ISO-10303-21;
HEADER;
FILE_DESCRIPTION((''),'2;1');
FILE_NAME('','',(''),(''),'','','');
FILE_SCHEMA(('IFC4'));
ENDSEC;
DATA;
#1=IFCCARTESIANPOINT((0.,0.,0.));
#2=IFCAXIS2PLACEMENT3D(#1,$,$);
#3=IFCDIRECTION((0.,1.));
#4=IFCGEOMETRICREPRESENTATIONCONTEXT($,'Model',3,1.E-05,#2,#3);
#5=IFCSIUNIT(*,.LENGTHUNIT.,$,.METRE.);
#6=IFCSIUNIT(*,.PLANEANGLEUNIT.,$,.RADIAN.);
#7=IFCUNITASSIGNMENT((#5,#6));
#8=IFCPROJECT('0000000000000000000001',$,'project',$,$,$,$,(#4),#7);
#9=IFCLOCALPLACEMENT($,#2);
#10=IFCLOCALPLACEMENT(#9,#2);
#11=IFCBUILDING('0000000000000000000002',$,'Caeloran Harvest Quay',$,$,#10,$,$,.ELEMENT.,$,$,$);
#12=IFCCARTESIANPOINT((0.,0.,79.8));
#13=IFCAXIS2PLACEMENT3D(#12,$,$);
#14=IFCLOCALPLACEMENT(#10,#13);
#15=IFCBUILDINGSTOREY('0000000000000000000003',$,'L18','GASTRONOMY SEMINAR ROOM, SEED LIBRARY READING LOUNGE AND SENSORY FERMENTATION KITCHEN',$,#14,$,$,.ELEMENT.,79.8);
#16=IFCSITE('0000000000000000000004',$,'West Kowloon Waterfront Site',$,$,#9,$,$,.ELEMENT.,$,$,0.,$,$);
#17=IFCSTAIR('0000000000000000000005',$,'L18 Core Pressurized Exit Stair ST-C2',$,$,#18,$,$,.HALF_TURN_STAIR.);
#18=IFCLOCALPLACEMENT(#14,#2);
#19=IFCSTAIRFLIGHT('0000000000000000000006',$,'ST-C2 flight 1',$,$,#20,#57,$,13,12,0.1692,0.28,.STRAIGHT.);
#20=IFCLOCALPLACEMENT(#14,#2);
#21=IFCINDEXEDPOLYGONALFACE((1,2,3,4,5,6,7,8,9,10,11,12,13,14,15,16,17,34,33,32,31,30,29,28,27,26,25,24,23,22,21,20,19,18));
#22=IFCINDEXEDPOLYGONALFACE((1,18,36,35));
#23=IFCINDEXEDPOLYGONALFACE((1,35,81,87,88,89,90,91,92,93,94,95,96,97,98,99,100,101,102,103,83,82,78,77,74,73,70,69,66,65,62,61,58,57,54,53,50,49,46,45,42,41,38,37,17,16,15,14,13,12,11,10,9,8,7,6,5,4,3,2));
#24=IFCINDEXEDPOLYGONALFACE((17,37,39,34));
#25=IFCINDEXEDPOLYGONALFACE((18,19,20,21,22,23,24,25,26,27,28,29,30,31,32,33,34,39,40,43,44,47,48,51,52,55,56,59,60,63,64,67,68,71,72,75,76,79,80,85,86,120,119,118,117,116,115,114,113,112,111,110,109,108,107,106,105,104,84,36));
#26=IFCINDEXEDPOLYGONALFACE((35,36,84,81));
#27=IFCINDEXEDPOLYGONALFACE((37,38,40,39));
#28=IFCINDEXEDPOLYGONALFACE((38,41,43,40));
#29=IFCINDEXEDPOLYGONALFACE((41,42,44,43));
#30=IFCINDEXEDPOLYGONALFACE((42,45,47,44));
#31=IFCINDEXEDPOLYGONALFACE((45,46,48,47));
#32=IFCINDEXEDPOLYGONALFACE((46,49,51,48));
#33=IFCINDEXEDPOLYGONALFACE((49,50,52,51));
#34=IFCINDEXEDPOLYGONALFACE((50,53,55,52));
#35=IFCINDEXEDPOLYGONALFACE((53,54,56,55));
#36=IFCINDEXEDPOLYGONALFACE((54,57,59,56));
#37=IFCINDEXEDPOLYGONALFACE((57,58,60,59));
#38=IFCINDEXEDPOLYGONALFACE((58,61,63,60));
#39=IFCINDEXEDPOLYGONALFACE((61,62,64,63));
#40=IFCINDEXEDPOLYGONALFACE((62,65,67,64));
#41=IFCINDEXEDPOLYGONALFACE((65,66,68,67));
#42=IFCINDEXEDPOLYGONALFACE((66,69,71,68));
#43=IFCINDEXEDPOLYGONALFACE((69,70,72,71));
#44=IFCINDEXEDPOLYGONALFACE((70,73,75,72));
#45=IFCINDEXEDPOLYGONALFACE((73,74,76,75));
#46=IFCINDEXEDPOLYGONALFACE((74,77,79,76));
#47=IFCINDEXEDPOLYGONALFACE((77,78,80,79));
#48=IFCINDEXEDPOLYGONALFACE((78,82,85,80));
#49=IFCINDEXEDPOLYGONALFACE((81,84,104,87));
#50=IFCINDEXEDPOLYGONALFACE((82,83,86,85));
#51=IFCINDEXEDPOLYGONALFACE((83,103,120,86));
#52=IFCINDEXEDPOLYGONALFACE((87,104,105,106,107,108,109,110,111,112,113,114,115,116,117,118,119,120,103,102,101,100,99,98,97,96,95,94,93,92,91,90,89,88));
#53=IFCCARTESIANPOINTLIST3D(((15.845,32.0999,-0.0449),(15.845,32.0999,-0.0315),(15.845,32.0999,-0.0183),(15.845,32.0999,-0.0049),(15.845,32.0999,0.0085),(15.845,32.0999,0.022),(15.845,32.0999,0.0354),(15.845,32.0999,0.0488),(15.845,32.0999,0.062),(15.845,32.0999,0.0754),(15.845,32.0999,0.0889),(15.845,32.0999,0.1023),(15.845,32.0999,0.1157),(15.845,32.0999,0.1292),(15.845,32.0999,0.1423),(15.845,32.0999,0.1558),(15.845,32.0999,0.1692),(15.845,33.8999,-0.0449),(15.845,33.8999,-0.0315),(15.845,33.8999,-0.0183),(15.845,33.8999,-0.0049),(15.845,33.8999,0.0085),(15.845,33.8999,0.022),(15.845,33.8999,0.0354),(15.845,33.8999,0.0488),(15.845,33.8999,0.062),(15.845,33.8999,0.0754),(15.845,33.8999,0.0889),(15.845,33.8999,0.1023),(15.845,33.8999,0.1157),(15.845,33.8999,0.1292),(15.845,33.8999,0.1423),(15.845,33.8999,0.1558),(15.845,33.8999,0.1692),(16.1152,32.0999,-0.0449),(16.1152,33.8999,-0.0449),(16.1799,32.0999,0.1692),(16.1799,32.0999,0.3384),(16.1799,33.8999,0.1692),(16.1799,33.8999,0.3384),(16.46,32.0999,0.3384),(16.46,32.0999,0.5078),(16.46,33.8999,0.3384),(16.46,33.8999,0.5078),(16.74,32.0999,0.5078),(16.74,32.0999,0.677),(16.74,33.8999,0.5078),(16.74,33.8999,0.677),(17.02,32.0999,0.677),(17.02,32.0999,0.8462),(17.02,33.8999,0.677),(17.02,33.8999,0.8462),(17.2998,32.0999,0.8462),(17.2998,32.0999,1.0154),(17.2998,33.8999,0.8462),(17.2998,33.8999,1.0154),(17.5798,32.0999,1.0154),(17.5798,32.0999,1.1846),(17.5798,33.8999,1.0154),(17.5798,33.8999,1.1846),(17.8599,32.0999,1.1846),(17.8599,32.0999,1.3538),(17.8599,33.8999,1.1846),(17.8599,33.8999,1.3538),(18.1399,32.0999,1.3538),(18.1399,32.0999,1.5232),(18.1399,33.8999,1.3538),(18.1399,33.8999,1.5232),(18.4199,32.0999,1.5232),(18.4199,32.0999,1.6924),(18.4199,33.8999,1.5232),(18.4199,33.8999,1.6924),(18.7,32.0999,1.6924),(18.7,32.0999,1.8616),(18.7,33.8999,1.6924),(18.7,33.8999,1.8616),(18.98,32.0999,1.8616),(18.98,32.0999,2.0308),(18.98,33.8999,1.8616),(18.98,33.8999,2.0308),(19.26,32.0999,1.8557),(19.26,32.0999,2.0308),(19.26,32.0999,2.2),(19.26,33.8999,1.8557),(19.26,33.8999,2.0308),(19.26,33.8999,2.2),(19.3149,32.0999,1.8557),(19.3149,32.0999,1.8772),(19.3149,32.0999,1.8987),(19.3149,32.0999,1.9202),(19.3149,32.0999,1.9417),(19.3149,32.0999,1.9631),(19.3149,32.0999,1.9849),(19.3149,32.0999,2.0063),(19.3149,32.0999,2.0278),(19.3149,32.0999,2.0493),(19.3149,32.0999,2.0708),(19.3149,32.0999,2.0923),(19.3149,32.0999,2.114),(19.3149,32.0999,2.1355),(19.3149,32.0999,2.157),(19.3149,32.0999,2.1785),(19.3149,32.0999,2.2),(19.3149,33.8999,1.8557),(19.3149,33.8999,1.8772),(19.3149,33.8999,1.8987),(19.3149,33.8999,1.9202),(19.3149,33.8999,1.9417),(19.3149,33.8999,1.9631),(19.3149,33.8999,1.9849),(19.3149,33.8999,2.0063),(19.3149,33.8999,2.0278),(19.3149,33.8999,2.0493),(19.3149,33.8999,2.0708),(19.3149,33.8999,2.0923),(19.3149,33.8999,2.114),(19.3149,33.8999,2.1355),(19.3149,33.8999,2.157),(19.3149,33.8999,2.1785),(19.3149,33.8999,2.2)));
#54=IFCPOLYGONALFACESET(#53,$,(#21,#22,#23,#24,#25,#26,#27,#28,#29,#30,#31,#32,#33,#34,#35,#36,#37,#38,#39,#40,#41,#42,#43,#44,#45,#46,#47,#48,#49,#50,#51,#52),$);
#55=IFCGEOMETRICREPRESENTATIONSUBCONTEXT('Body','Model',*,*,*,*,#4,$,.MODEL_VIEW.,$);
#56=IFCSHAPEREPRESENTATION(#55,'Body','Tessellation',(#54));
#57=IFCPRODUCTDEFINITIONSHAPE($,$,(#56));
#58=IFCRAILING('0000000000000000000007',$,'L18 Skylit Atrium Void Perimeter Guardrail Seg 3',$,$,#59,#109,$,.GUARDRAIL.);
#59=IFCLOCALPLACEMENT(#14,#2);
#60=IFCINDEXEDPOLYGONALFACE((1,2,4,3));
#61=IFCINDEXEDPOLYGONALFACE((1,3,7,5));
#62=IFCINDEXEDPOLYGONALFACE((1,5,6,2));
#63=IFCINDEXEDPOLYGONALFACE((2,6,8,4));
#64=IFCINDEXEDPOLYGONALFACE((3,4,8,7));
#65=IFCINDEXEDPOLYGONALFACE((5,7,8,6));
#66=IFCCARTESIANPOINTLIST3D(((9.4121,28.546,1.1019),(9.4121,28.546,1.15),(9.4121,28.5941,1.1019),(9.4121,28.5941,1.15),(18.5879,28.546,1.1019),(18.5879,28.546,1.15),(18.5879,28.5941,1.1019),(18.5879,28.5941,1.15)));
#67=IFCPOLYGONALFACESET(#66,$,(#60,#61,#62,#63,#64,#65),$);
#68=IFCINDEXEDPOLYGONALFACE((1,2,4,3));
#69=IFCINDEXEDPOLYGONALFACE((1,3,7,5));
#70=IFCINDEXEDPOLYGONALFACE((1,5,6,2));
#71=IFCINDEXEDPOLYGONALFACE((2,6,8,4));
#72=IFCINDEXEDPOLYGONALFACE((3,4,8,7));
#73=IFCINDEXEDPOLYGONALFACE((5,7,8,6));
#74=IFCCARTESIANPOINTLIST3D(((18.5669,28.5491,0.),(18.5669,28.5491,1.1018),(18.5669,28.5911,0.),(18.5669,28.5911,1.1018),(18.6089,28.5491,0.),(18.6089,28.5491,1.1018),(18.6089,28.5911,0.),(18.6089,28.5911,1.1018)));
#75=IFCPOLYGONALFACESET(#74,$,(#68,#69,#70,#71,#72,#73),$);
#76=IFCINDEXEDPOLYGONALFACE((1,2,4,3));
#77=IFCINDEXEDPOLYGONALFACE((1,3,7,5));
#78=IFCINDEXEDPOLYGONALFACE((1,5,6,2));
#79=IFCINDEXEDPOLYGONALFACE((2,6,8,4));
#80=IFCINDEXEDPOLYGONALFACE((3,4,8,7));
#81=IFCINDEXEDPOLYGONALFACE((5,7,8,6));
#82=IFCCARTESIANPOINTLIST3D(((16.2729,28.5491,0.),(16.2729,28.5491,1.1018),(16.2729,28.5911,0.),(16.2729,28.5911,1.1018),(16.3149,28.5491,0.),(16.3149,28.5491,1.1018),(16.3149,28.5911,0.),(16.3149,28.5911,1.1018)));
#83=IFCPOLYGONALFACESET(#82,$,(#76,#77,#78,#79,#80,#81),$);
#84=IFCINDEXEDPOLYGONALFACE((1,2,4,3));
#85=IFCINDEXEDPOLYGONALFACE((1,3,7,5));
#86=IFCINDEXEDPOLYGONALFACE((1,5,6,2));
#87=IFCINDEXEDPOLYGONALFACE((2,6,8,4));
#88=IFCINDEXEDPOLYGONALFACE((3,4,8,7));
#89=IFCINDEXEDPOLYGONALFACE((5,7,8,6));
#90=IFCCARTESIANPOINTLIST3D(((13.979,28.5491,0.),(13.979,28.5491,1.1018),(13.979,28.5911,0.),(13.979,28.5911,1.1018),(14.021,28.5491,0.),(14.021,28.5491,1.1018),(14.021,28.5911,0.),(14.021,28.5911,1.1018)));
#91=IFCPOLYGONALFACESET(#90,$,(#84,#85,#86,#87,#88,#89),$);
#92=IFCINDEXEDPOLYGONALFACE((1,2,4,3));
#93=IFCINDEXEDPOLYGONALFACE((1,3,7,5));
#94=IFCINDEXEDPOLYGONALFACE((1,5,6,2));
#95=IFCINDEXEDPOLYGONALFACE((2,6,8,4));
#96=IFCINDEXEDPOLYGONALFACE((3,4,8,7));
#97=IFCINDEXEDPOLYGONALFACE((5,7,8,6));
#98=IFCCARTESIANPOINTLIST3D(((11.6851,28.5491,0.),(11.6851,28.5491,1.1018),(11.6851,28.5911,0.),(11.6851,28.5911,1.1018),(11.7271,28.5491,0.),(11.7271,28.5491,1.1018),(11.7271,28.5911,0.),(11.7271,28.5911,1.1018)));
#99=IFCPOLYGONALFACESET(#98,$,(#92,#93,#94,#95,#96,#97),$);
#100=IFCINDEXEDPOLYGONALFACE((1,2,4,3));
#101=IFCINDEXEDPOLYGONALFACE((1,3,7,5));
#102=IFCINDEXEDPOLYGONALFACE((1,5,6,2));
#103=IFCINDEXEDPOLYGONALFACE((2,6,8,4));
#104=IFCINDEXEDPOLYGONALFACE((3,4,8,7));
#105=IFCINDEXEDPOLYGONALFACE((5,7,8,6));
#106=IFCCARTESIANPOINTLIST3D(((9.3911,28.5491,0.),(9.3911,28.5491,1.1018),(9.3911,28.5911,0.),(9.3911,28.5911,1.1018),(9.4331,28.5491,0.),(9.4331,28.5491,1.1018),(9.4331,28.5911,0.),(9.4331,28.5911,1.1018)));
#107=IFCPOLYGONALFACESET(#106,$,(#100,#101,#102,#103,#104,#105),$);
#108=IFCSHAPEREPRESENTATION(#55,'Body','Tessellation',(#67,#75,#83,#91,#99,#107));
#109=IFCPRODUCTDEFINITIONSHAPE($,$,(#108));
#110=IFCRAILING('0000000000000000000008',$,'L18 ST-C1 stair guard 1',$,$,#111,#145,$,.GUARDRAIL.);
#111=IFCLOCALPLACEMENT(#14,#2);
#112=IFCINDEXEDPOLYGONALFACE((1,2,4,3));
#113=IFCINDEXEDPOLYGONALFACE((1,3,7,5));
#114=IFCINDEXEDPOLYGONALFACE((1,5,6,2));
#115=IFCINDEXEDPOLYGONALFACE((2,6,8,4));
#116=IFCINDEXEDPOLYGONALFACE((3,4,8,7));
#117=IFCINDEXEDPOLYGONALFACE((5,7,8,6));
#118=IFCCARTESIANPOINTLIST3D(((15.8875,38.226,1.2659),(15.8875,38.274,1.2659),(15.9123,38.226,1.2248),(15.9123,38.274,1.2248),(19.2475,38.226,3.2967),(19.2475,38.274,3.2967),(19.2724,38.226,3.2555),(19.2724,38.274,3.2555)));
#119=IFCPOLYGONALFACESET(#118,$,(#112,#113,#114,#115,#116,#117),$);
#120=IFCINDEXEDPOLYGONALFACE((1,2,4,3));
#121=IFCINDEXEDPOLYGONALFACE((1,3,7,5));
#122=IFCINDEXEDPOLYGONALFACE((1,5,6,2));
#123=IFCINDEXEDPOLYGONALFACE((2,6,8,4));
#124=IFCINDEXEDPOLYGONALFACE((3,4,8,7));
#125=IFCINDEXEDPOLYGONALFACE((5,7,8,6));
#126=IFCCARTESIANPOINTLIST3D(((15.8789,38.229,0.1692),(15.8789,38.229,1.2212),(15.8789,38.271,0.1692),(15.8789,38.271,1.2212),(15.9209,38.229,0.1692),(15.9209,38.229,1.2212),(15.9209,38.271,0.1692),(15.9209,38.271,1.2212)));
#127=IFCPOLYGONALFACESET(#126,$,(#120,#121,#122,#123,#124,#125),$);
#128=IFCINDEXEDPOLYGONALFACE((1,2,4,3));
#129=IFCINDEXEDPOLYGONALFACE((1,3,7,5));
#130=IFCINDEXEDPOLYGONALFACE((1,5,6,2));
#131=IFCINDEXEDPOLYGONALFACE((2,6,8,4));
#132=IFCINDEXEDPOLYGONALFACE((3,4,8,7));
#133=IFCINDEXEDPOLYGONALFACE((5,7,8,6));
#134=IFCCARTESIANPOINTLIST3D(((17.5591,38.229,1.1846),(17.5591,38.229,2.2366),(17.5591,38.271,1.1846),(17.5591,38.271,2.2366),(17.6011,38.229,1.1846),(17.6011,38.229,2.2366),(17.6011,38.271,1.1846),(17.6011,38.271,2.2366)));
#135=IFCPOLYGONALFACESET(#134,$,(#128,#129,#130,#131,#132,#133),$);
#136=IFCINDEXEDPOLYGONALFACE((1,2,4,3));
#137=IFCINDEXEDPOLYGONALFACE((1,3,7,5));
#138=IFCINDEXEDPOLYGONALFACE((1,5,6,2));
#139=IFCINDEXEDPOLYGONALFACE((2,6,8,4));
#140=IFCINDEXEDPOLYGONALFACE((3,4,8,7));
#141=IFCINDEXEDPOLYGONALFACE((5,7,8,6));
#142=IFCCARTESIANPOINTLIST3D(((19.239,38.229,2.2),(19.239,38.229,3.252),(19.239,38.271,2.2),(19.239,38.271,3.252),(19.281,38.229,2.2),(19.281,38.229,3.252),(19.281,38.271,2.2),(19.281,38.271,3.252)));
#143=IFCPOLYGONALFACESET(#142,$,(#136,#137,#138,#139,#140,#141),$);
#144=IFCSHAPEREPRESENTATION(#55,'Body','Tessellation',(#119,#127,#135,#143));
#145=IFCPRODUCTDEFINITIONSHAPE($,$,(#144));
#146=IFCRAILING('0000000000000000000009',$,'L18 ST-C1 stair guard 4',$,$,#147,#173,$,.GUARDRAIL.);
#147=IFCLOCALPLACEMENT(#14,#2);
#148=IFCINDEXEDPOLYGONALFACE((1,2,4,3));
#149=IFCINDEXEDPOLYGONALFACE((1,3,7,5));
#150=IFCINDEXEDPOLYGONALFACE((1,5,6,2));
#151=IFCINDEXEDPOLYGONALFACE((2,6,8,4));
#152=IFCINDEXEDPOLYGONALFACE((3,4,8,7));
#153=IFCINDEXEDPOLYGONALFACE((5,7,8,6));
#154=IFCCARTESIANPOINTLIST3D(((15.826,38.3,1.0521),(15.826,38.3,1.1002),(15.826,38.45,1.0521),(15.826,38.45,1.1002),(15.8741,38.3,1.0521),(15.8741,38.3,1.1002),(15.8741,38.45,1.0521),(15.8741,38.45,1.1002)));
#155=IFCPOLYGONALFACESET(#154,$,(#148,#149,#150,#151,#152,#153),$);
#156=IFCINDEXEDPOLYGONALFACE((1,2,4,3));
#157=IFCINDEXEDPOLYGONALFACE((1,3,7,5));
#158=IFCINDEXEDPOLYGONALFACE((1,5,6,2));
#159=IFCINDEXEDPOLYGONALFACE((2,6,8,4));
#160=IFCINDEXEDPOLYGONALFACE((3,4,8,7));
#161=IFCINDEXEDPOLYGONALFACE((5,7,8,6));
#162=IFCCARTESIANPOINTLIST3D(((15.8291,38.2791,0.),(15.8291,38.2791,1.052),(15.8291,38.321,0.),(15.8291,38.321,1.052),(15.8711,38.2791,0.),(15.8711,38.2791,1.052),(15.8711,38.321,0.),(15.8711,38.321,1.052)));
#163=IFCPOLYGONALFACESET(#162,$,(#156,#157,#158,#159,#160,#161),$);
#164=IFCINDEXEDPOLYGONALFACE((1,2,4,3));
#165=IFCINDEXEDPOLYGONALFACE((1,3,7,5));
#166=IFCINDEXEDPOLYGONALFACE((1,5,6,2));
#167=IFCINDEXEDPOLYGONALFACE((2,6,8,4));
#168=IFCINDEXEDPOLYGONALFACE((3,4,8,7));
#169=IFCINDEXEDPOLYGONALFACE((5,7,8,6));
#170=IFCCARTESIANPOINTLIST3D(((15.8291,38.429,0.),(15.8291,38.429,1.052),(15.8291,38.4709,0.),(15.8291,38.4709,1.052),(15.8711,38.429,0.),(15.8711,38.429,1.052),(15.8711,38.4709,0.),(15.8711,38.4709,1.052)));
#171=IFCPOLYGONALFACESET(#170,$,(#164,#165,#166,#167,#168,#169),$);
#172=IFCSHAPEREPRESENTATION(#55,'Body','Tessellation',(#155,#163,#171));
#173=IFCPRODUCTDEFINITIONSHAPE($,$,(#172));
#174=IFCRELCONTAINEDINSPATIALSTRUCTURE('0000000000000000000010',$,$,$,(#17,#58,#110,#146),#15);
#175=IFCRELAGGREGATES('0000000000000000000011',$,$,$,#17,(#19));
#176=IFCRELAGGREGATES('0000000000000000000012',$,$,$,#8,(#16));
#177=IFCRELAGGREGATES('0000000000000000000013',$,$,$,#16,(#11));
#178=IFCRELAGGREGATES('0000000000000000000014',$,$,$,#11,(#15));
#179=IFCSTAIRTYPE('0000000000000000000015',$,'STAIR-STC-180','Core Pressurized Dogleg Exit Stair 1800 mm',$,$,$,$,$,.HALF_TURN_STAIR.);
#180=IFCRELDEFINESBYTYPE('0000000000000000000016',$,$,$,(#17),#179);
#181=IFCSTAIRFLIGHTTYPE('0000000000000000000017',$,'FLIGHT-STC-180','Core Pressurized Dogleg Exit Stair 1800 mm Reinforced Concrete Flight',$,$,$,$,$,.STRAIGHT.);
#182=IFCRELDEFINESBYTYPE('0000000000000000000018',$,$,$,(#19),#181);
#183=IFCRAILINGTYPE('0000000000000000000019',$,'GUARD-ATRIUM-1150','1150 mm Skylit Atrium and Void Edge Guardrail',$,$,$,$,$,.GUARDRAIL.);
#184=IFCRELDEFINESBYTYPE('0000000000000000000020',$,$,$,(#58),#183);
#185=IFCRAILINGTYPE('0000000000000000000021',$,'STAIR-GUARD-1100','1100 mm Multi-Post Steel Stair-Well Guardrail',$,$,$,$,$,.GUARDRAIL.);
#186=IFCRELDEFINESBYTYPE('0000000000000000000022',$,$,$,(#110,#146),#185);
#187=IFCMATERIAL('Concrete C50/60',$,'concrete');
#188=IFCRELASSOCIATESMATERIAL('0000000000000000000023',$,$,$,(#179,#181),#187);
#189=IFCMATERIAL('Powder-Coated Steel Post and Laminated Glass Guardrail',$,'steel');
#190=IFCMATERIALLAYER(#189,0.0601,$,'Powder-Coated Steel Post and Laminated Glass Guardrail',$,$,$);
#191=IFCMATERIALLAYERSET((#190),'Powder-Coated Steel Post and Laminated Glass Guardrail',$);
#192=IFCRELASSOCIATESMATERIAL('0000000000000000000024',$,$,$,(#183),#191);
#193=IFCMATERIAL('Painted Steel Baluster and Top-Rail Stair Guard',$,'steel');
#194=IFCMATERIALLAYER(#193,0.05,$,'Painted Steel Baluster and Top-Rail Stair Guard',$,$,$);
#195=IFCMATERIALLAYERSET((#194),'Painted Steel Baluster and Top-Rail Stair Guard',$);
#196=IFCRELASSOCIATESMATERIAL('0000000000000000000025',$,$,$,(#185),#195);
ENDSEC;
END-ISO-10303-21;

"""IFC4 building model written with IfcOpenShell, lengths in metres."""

from ifc_helpers import new_model, si_unit, direction, frame, origin, origin_2d, place, context, subcontext, project, spatial, polyline, rectangle, outline, extrude, material, layer, layer_set, type_object, element, aggregate, save


model = new_model("IFC4")

# Units and contexts
model_context = context("Model", 3, precision=1e-05, world=origin(), true_north=direction((0.0, 1.0)))
body_context = subcontext(model_context, "Body", "Model", "MODEL_VIEW")
ifc_project = project(units=[si_unit("LENGTHUNIT", "METRE"), si_unit("PLANEANGLEUNIT", "RADIAN")], contexts=[model_context])

# Site, building, storey
site_placement = place(None, origin())
site = spatial("IfcSite", under=ifc_project, at=site_placement, Name="West Kowloon Waterfront Site", CompositionType="ELEMENT", RefElevation=0.0)
building_placement = place(site_placement, origin())
building = spatial("IfcBuilding", under=site, at=building_placement, Name="Caeloran Harvest Quay", CompositionType="ELEMENT")
storey_placement = place(building_placement, frame((0.0, 0.0, 79.8)))
storey = spatial("IfcBuildingStorey", under=building, at=storey_placement, Name="L18", Description="GASTRONOMY SEMINAR ROOM, SEED LIBRARY READING LOUNGE AND SENSORY FERMENTATION KITCHEN", CompositionType="ELEMENT", Elevation=79.8)

# Stair, stair flight
ifc_material_1 = material(Name="Concrete C50/60", Category="concrete")
stair_type = type_object("IfcStairType", Name="STAIR-STC-180", Description="Core Pressurized Dogleg Exit Stair 1800 mm", PredefinedType="HALF_TURN_STAIR", material=ifc_material_1)
stair_flight_type = type_object("IfcStairFlightType", Name="FLIGHT-STC-180", Description="Core Pressurized Dogleg Exit Stair 1800 mm Reinforced Concrete Flight", PredefinedType="STRAIGHT", material=ifc_material_1)
stair_1_placement = place(storey_placement, origin())
stair_1 = element("IfcStair", 1, at=stair_1_placement, inside=storey, type_object=stair_type, Name="L18 Core Pressurized Exit Stair ST-C2", PredefinedType="HALF_TURN_STAIR")
stair_flight_1_placement = place(storey_placement, frame((15.8999, 33.0, 0.0), z_axis=(0.0, 0.0, 1.0), x_axis=(1.0, 0.0, 0.0)))
stair_flight_1 = element("IfcStairFlight", 2, at=stair_flight_1_placement, type_object=stair_flight_type, Name="ST-C2 flight 1", NumberOfRisers=13, NumberOfTreads=12, PredefinedType="STRAIGHT", RiserHeight=0.1692, TreadLength=0.28, context=body_context, shape_type="SweptSolid", body=[
    extrude(outline(polyline([(-0.0549, -0.0449), (-0.0549, -0.0315), (-0.0549, -0.0183), (-0.0549, -0.0049), (-0.0549, 0.0085), (-0.0549, 0.022), (-0.0549, 0.0354), (-0.0549, 0.0488), (-0.0549, 0.062), (-0.0549, 0.0754), (-0.0549, 0.0889), (-0.0549, 0.1023), (-0.0549, 0.1157), (-0.0549, 0.1292), (-0.0549, 0.1423), (-0.0549, 0.1558), (-0.0549, 0.1692), (0.28, 0.1692), (0.28, 0.3384), (0.5601, 0.3384), (0.5601, 0.5078), (0.8401, 0.5078), (0.8401, 0.677), (1.1201, 0.677), (1.1201, 0.8462), (1.3999, 0.8462), (1.3999, 1.0154), (1.6799, 1.0154), (1.6799, 1.1846), (1.96, 1.1846), (1.96, 1.3538), (2.24, 1.3538), (2.24, 1.5232), (2.52, 1.5232), (2.52, 1.6924), (2.8, 1.6924), (2.8, 1.8616), (3.0801, 1.8616), (3.0801, 2.0308), (3.3601, 2.0308), (3.3601, 2.2), (3.415, 2.2), (3.415, 2.1785), (3.415, 2.157), (3.415, 2.1355), (3.415, 2.114), (3.415, 2.0923), (3.415, 2.0708), (3.415, 2.0493), (3.415, 2.0278), (3.415, 2.0063), (3.415, 1.9849), (3.415, 1.9631), (3.415, 1.9417), (3.415, 1.9202), (3.415, 1.8987), (3.415, 1.8772), (3.415, 1.8557), (3.3601, 1.8557), (0.2153, -0.0449), (-0.0549, -0.0449)])), frame((0.0, 0.8999, 0.0), z_axis=(0.0, -1.0, 0.0), x_axis=(1.0, 0.0, 0.0)), (0.0, 0.0, 1.0), 1.8),
])
aggregate(stair_1, [stair_flight_1])

# Railings
ifc_material_2 = material(Name="Powder-Coated Steel Post and Laminated Glass Guardrail", Category="steel")
ifc_layer_1 = layer(ifc_material_2, 0.0601, Name="Powder-Coated Steel Post and Laminated Glass Guardrail")
ifc_layer_set_1 = layer_set([ifc_layer_1], Name="Powder-Coated Steel Post and Laminated Glass Guardrail")
railing_type_1 = type_object("IfcRailingType", Name="GUARD-ATRIUM-1150", Description="1150 mm Skylit Atrium and Void Edge Guardrail", PredefinedType="GUARDRAIL", material=ifc_layer_set_1)
railing_1_placement = place(storey_placement, frame((18.5879, 28.5701, 0.0)))
element("IfcRailing", 3, at=railing_1_placement, inside=storey, type_object=railing_type_1, Name="L18 Skylit Atrium Void Perimeter Guardrail Seg 3", PredefinedType="GUARDRAIL", context=body_context, shape_type="SweptSolid", body=[
    extrude(rectangle(XDim=0.0481, YDim=0.0481, at=origin_2d()), frame((0.0, 0.0, 1.126), z_axis=(-1.0, 0.0, 0.0), x_axis=(0.0, -1.0, 0.0)), (0.0, 0.0, 1.0), 9.1758),
    extrude(rectangle(XDim=0.042, YDim=0.042, at=origin_2d()), origin(), (0.0, 0.0, 1.0), 1.1018),
    extrude(rectangle(XDim=0.042, YDim=0.042, at=origin_2d()), frame((-2.2939, 0.0, 0.0)), (0.0, 0.0, 1.0), 1.1018),
    extrude(rectangle(XDim=0.042, YDim=0.042, at=origin_2d()), frame((-4.5879, 0.0, 0.0)), (0.0, 0.0, 1.0), 1.1018),
    extrude(rectangle(XDim=0.042, YDim=0.042, at=origin_2d()), frame((-6.8818, 0.0, 0.0)), (0.0, 0.0, 1.0), 1.1018),
    extrude(rectangle(XDim=0.042, YDim=0.042, at=origin_2d()), frame((-9.1758, 0.0, 0.0)), (0.0, 0.0, 1.0), 1.1018),
])
ifc_material_3 = material(Name="Painted Steel Baluster and Top-Rail Stair Guard", Category="steel")
ifc_layer_2 = layer(ifc_material_3, 0.05, Name="Painted Steel Baluster and Top-Rail Stair Guard")
ifc_layer_set_2 = layer_set([ifc_layer_2], Name="Painted Steel Baluster and Top-Rail Stair Guard")
railing_type_2 = type_object("IfcRailingType", Name="STAIR-GUARD-1100", Description="1100 mm Multi-Post Steel Stair-Well Guardrail", PredefinedType="GUARDRAIL", material=ifc_layer_set_2)
railing_2_placement = place(storey_placement, frame((15.8999, 38.25, 0.1692)))
element("IfcRailing", 4, at=railing_2_placement, inside=storey, type_object=railing_type_2, Name="L18 ST-C1 stair guard 1", PredefinedType="GUARDRAIL", context=body_context, shape_type="SweptSolid", body=[
    extrude(rectangle(XDim=0.0481, YDim=0.0481, at=origin_2d()), frame((0.0, 0.0, 1.0762), z_axis=(0.855837, 0.0, 0.517246), x_axis=(0.0, 1.0, 0.0)), (0.0, 0.0, 1.0), 3.926),
    extrude(rectangle(XDim=0.042, YDim=0.042, at=origin_2d()), origin(), (0.0, 0.0, 1.0), 1.052),
    extrude(rectangle(XDim=0.042, YDim=0.042, at=origin_2d()), frame((1.6802, 0.0, 1.0154)), (0.0, 0.0, 1.0), 1.052),
    extrude(rectangle(XDim=0.042, YDim=0.042, at=origin_2d()), frame((3.3601, 0.0, 2.0308)), (0.0, 0.0, 1.0), 1.052),
])
railing_3_placement = place(storey_placement, frame((15.8501, 38.3, 0.0)))
element("IfcRailing", 5, at=railing_3_placement, inside=storey, type_object=railing_type_2, Name="L18 ST-C1 stair guard 4", PredefinedType="GUARDRAIL", context=body_context, shape_type="SweptSolid", body=[
    extrude(rectangle(XDim=0.0481, YDim=0.0481, at=origin_2d()), frame((0.0, 0.0, 1.0762), z_axis=(0.0, 1.0, 0.0), x_axis=(-1.0, 0.0, 0.0)), (0.0, 0.0, 1.0), 0.1499),
    extrude(rectangle(XDim=0.042, YDim=0.042, at=origin_2d()), origin(), (0.0, 0.0, 1.0), 1.052),
    extrude(rectangle(XDim=0.042, YDim=0.042, at=origin_2d()), frame((0.0, 0.1499, 0.0)), (0.0, 0.0, 1.0), 1.052),
])

save(model, "model.ifc")
